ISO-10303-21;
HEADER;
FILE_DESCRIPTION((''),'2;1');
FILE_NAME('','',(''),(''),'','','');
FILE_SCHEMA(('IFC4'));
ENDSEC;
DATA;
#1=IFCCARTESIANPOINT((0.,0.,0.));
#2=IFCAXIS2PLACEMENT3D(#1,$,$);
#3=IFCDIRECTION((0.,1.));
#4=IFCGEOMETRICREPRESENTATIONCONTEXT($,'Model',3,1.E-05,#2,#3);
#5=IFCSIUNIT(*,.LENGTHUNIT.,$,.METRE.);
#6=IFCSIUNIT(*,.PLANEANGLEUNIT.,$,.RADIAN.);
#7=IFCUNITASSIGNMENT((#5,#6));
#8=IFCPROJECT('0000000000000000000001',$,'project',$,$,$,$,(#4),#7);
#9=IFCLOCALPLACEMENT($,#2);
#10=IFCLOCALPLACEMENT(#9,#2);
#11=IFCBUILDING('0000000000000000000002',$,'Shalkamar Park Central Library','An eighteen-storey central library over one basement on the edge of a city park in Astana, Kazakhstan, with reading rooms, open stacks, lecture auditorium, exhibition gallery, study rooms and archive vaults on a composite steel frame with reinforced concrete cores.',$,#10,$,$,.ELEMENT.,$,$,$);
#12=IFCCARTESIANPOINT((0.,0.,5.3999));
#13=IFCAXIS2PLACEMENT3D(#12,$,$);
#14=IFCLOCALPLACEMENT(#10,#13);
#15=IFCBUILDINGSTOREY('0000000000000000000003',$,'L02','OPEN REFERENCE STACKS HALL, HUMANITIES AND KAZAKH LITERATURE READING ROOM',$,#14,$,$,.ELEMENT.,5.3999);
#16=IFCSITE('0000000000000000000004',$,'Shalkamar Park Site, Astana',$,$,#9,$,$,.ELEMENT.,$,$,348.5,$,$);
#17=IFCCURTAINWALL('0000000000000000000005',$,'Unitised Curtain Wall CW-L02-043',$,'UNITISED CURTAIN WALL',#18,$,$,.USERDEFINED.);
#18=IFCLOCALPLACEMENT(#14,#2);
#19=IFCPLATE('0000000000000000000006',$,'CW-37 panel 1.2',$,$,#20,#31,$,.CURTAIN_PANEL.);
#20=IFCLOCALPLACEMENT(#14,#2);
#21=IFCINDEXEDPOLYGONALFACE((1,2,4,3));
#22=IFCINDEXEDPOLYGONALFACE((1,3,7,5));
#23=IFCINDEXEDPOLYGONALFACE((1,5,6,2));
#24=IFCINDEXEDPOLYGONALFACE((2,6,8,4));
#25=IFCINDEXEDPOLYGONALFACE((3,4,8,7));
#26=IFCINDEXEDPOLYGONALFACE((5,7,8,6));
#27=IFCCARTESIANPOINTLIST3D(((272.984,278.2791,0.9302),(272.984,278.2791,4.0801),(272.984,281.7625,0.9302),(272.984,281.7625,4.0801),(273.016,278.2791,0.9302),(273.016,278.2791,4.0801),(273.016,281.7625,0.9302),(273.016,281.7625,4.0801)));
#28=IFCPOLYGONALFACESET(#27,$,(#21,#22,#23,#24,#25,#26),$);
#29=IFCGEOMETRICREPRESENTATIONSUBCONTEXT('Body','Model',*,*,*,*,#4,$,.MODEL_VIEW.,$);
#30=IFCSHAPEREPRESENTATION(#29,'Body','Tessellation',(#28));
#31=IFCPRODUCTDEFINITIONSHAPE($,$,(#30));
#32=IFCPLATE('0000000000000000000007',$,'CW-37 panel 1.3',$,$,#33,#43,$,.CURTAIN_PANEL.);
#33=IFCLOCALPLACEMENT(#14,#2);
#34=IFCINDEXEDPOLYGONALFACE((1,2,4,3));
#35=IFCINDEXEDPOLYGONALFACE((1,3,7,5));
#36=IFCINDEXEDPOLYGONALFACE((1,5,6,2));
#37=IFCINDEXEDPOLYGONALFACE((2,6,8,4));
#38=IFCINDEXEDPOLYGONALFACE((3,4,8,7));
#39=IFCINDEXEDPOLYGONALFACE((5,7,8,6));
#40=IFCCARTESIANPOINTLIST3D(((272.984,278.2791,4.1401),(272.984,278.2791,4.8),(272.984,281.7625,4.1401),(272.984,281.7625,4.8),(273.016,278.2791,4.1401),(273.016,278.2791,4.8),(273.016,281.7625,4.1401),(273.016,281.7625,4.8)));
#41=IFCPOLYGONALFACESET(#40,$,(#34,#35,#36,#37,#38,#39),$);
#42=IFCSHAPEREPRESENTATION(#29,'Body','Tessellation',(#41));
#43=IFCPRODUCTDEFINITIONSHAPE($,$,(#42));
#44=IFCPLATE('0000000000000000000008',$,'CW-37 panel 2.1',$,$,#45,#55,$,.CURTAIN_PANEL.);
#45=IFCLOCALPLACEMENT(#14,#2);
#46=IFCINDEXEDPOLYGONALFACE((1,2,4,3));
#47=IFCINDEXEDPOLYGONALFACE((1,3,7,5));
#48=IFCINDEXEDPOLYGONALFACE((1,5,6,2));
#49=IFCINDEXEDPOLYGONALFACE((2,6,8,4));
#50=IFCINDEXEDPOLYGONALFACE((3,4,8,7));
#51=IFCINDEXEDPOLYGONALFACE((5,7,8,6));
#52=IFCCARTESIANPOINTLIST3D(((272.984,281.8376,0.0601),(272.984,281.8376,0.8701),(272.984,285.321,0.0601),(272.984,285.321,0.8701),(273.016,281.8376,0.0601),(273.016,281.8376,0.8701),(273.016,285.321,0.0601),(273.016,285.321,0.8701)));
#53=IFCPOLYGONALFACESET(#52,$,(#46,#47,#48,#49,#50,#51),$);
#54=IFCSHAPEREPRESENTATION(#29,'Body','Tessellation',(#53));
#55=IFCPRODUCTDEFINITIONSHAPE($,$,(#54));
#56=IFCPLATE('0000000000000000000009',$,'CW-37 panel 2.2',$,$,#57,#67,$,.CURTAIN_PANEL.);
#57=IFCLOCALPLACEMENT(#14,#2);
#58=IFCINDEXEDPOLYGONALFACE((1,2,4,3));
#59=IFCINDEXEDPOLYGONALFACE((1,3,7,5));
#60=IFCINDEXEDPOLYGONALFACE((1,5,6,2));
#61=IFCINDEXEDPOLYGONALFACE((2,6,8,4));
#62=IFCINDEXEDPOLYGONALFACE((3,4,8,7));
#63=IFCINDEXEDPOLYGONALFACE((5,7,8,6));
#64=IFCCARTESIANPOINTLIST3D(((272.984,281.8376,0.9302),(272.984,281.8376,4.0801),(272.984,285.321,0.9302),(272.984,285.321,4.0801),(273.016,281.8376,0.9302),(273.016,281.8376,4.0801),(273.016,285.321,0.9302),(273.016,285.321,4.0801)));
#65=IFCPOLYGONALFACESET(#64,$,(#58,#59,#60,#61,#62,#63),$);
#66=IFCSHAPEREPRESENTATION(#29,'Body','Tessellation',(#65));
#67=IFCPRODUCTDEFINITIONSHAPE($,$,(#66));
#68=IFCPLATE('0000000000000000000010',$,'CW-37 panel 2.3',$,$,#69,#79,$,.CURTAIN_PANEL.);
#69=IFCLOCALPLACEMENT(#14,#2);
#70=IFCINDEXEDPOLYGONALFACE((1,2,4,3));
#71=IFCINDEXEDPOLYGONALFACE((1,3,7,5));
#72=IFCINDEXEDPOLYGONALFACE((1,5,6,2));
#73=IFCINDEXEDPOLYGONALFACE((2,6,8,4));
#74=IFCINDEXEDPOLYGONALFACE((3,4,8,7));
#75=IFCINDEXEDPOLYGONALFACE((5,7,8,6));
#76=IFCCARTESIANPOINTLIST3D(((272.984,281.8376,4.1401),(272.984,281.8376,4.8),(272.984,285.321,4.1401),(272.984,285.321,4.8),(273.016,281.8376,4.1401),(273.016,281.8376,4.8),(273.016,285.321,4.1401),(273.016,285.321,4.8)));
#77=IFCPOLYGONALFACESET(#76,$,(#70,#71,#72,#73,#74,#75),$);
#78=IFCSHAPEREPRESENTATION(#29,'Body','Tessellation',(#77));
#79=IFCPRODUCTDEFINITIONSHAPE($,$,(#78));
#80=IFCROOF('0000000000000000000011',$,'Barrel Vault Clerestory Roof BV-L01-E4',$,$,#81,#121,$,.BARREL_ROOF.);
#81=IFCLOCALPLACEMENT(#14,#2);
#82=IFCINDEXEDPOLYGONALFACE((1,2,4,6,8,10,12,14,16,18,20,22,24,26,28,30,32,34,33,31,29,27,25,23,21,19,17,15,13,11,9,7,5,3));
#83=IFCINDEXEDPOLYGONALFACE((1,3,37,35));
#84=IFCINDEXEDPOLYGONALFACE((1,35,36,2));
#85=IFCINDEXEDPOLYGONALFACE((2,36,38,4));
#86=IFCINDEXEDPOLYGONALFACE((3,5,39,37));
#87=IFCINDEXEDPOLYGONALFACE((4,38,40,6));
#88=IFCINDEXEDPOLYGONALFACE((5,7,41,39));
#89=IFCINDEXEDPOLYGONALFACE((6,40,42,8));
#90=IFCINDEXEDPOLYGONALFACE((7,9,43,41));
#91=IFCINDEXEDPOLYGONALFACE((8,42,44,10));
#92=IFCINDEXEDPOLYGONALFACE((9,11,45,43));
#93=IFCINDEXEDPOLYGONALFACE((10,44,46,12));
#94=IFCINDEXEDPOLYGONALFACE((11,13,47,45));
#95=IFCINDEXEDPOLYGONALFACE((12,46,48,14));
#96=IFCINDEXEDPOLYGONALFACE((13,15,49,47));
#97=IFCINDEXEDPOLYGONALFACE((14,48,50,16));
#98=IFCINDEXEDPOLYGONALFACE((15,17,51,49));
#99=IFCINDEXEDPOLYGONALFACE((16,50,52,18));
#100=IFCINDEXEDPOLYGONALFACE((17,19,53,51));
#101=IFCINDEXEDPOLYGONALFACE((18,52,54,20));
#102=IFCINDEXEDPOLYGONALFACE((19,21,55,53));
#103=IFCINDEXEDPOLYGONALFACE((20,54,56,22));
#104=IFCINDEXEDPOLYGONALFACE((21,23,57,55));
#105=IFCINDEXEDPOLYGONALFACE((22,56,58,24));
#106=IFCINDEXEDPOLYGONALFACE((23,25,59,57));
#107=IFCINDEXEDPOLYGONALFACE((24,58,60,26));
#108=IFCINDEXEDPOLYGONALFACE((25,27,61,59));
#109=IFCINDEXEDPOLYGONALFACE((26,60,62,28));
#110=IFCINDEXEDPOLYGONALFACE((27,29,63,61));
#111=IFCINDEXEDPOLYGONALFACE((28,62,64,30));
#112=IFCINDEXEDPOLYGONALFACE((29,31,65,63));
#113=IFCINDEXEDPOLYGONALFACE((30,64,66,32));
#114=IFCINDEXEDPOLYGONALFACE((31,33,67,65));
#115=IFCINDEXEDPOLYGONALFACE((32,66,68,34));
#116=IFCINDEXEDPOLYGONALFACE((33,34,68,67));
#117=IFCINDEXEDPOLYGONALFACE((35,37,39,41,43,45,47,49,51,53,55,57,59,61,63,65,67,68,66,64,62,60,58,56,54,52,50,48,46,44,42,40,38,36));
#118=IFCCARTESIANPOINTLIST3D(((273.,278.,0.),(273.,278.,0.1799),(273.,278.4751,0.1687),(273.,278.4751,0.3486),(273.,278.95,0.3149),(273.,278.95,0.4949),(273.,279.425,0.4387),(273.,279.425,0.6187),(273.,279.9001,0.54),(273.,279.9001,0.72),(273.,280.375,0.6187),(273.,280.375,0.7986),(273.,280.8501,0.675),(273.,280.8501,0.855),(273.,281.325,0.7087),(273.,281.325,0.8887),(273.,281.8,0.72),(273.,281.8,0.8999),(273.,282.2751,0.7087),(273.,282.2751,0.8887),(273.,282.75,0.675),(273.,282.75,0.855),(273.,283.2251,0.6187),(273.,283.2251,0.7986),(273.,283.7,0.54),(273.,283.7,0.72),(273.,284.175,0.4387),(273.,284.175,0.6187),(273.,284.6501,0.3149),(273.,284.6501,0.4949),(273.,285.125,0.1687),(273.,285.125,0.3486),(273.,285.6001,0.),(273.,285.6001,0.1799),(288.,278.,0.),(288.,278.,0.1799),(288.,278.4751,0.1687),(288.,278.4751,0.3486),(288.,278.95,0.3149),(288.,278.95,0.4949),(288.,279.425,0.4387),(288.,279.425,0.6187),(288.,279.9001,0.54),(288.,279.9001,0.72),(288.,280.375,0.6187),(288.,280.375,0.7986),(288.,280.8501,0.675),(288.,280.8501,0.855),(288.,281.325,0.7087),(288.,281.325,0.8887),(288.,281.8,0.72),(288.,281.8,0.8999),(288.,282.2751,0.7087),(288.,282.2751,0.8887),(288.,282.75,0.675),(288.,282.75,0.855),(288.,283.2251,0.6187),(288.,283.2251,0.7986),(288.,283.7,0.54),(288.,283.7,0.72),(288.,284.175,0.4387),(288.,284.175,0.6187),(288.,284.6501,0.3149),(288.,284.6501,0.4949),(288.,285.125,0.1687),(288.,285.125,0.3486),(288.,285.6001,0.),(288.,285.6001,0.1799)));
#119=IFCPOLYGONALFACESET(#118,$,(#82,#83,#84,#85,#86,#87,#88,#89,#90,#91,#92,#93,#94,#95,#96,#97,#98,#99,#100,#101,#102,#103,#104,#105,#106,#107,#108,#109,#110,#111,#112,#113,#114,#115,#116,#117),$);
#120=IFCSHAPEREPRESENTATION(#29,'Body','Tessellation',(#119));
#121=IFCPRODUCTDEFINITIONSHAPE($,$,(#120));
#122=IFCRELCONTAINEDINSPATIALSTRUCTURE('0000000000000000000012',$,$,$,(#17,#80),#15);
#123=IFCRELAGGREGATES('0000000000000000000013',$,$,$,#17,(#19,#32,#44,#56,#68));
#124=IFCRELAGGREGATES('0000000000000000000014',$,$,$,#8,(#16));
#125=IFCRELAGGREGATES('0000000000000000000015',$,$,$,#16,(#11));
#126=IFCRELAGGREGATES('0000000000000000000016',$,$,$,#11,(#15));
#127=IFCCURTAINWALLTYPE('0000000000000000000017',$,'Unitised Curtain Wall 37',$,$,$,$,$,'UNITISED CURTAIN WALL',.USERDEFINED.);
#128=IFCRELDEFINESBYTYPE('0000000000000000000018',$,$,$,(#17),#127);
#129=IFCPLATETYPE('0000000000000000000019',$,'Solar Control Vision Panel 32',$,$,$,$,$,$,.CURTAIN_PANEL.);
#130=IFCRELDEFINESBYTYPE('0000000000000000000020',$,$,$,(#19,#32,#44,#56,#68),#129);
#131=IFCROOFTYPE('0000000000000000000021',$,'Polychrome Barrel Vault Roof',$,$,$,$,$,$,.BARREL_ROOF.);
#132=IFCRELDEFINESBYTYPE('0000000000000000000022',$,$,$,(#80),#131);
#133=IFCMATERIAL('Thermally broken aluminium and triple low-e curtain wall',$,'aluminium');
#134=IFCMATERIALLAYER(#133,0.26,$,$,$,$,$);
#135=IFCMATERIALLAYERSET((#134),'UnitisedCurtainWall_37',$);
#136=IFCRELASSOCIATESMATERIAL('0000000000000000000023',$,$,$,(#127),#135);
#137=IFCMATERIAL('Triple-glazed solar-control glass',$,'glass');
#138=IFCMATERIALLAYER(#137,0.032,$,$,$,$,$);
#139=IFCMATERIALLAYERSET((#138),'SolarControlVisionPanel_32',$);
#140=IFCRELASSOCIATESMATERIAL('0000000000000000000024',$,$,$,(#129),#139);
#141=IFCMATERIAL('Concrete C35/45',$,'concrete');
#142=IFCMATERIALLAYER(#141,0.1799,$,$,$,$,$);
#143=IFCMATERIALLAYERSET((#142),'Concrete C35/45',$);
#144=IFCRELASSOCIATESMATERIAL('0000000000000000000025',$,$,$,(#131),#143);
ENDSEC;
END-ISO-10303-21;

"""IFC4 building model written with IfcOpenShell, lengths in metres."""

from ifc_helpers import new_model, si_unit, direction, frame, origin, origin_2d, place, context, subcontext, project, spatial, polyline, rectangle, outline, extrude, material, layer, layer_set, type_object, element, aggregate, save


model = new_model("IFC4")

# Units and contexts
model_context = context("Model", 3, precision=1e-05, world=origin(), true_north=direction((0.0, 1.0)))
body_context = subcontext(model_context, "Body", "Model", "MODEL_VIEW")
ifc_project = project(units=[si_unit("LENGTHUNIT", "METRE"), si_unit("PLANEANGLEUNIT", "RADIAN")], contexts=[model_context])

# Site, building, storey
site_placement = place(None, origin())
site = spatial("IfcSite", under=ifc_project, at=site_placement, Name="Shalkamar Park Site, Astana", CompositionType="ELEMENT", RefElevation=348.5)
building_placement = place(site_placement, origin())
building = spatial("IfcBuilding", under=site, at=building_placement, Name="Shalkamar Park Central Library", Description="An eighteen-storey central library over one basement on the edge of a city park in Astana, Kazakhstan, with reading rooms, open stacks, lecture auditorium, exhibition gallery, study rooms and archive vaults on a composite steel frame with reinforced concrete cores.", CompositionType="ELEMENT")
storey_placement = place(building_placement, frame((0.0, 0.0, 5.3999)))
storey = spatial("IfcBuildingStorey", under=building, at=storey_placement, Name="L02", Description="OPEN REFERENCE STACKS HALL, HUMANITIES AND KAZAKH LITERATURE READING ROOM", CompositionType="ELEMENT", Elevation=5.3999)

# Curtain wall
ifc_material_1 = material(Name="Thermally broken aluminium and triple low-e curtain wall", Category="aluminium")
ifc_layer_1 = layer(ifc_material_1, 0.26)
ifc_layer_set_1 = layer_set([ifc_layer_1], Name="UnitisedCurtainWall_37")
curtain_wall_type = type_object("IfcCurtainWallType", Name="Unitised Curtain Wall 37", ElementType="UNITISED CURTAIN WALL", PredefinedType="USERDEFINED", material=ifc_layer_set_1)
curtain_wall_placement = place(storey_placement, origin())
curtain_wall = element("IfcCurtainWall", 1, at=curtain_wall_placement, inside=storey, type_object=curtain_wall_type, Name="Unitised Curtain Wall CW-L02-043", ObjectType="UNITISED CURTAIN WALL", PredefinedType="USERDEFINED")

# Plates
ifc_material_2 = material(Name="Triple-glazed solar-control glass", Category="glass")
ifc_layer_2 = layer(ifc_material_2, 0.032)
ifc_layer_set_2 = layer_set([ifc_layer_2], Name="SolarControlVisionPanel_32")
plate_type = type_object("IfcPlateType", Name="Solar Control Vision Panel 32", PredefinedType="CURTAIN_PANEL", material=ifc_layer_set_2)
plate_1_placement = place(storey_placement, frame((273.0, 280.0208, 0.9302), z_axis=(0.0, 0.0, 1.0), x_axis=(0.0, 1.0, 0.0)))
plate_1 = element("IfcPlate", 2, at=plate_1_placement, type_object=plate_type, Name="CW-37 panel 1.2", PredefinedType="CURTAIN_PANEL", context=body_context, shape_type="SweptSolid", body=[
    extrude(rectangle(XDim=3.4834, YDim=0.032, at=origin_2d()), origin(), (0.0, 0.0, 1.0), 3.1499),
])
plate_2_placement = place(storey_placement, frame((273.0, 280.0208, 4.1401), z_axis=(0.0, 0.0, 1.0), x_axis=(0.0, 1.0, 0.0)))
plate_2 = element("IfcPlate", 3, at=plate_2_placement, type_object=plate_type, Name="CW-37 panel 1.3", PredefinedType="CURTAIN_PANEL", context=body_context, shape_type="SweptSolid", body=[
    extrude(rectangle(XDim=3.4834, YDim=0.032, at=origin_2d()), origin(), (0.0, 0.0, 1.0), 0.6599),
])
plate_3_placement = place(storey_placement, frame((273.0, 283.5793, 0.0601), z_axis=(0.0, 0.0, 1.0), x_axis=(0.0, 1.0, 0.0)))
plate_3 = element("IfcPlate", 4, at=plate_3_placement, type_object=plate_type, Name="CW-37 panel 2.1", PredefinedType="CURTAIN_PANEL", context=body_context, shape_type="SweptSolid", body=[
    extrude(rectangle(XDim=3.4834, YDim=0.032, at=origin_2d()), origin(), (0.0, 0.0, 1.0), 0.8101),
])
plate_4_placement = place(storey_placement, frame((273.0, 283.5793, 0.9302), z_axis=(0.0, 0.0, 1.0), x_axis=(0.0, 1.0, 0.0)))
plate_4 = element("IfcPlate", 5, at=plate_4_placement, type_object=plate_type, Name="CW-37 panel 2.2", PredefinedType="CURTAIN_PANEL", context=body_context, shape_type="SweptSolid", body=[
    extrude(rectangle(XDim=3.4834, YDim=0.032, at=origin_2d()), origin(), (0.0, 0.0, 1.0), 3.1499),
])
plate_5_placement = place(storey_placement, frame((273.0, 283.5793, 4.1401), z_axis=(0.0, 0.0, 1.0), x_axis=(0.0, 1.0, 0.0)))
plate_5 = element("IfcPlate", 6, at=plate_5_placement, type_object=plate_type, Name="CW-37 panel 2.3", PredefinedType="CURTAIN_PANEL", context=body_context, shape_type="SweptSolid", body=[
    extrude(rectangle(XDim=3.4834, YDim=0.032, at=origin_2d()), origin(), (0.0, 0.0, 1.0), 0.6599),
])
aggregate(curtain_wall, [plate_1, plate_2, plate_3, plate_4, plate_5])

# Roof
ifc_material_3 = material(Name="Concrete C35/45", Category="concrete")
ifc_layer_3 = layer(ifc_material_3, 0.1799)
ifc_layer_set_3 = layer_set([ifc_layer_3], Name="Concrete C35/45")
roof_type = type_object("IfcRoofType", Name="Polychrome Barrel Vault Roof", PredefinedType="BARREL_ROOF", material=ifc_layer_set_3)
roof_placement = place(storey_placement, frame((273.0, 281.8, 0.0), z_axis=(0.0, 0.0, 1.0), x_axis=(1.0, 0.0, 0.0)))
element("IfcRoof", 7, at=roof_placement, inside=storey, type_object=roof_type, Name="Barrel Vault Clerestory Roof BV-L01-E4", PredefinedType="BARREL_ROOF", context=body_context, shape_type="SweptSolid", body=[
    extrude(outline(polyline([(-3.8, 0.1799), (-3.325, 0.3486), (-2.8501, 0.4949), (-2.375, 0.6187), (-1.8999, 0.72), (-1.425, 0.7986), (-0.95, 0.855), (-0.4751, 0.8887), (0.0, 0.8999), (0.4751, 0.8887), (0.95, 0.855), (1.425, 0.7986), (1.8999, 0.72), (2.375, 0.6187), (2.8501, 0.4949), (3.325, 0.3486), (3.8, 0.1799), (3.8, 0.0), (3.325, 0.1687), (2.8501, 0.3149), (2.375, 0.4387), (1.8999, 0.54), (1.425, 0.6187), (0.95, 0.675), (0.4751, 0.7087), (0.0, 0.72), (-0.4751, 0.7087), (-0.95, 0.675), (-1.425, 0.6187), (-1.8999, 0.54), (-2.375, 0.4387), (-2.8501, 0.3149), (-3.325, 0.1687), (-3.8, 0.0), (-3.8, 0.1799)])), frame((0.0, 0.0, 0.0), z_axis=(1.0, 0.0, 0.0), x_axis=(0.0, 1.0, 0.0)), (0.0, 0.0, 1.0), 15.0),
])

save(model, "model.ifc")
